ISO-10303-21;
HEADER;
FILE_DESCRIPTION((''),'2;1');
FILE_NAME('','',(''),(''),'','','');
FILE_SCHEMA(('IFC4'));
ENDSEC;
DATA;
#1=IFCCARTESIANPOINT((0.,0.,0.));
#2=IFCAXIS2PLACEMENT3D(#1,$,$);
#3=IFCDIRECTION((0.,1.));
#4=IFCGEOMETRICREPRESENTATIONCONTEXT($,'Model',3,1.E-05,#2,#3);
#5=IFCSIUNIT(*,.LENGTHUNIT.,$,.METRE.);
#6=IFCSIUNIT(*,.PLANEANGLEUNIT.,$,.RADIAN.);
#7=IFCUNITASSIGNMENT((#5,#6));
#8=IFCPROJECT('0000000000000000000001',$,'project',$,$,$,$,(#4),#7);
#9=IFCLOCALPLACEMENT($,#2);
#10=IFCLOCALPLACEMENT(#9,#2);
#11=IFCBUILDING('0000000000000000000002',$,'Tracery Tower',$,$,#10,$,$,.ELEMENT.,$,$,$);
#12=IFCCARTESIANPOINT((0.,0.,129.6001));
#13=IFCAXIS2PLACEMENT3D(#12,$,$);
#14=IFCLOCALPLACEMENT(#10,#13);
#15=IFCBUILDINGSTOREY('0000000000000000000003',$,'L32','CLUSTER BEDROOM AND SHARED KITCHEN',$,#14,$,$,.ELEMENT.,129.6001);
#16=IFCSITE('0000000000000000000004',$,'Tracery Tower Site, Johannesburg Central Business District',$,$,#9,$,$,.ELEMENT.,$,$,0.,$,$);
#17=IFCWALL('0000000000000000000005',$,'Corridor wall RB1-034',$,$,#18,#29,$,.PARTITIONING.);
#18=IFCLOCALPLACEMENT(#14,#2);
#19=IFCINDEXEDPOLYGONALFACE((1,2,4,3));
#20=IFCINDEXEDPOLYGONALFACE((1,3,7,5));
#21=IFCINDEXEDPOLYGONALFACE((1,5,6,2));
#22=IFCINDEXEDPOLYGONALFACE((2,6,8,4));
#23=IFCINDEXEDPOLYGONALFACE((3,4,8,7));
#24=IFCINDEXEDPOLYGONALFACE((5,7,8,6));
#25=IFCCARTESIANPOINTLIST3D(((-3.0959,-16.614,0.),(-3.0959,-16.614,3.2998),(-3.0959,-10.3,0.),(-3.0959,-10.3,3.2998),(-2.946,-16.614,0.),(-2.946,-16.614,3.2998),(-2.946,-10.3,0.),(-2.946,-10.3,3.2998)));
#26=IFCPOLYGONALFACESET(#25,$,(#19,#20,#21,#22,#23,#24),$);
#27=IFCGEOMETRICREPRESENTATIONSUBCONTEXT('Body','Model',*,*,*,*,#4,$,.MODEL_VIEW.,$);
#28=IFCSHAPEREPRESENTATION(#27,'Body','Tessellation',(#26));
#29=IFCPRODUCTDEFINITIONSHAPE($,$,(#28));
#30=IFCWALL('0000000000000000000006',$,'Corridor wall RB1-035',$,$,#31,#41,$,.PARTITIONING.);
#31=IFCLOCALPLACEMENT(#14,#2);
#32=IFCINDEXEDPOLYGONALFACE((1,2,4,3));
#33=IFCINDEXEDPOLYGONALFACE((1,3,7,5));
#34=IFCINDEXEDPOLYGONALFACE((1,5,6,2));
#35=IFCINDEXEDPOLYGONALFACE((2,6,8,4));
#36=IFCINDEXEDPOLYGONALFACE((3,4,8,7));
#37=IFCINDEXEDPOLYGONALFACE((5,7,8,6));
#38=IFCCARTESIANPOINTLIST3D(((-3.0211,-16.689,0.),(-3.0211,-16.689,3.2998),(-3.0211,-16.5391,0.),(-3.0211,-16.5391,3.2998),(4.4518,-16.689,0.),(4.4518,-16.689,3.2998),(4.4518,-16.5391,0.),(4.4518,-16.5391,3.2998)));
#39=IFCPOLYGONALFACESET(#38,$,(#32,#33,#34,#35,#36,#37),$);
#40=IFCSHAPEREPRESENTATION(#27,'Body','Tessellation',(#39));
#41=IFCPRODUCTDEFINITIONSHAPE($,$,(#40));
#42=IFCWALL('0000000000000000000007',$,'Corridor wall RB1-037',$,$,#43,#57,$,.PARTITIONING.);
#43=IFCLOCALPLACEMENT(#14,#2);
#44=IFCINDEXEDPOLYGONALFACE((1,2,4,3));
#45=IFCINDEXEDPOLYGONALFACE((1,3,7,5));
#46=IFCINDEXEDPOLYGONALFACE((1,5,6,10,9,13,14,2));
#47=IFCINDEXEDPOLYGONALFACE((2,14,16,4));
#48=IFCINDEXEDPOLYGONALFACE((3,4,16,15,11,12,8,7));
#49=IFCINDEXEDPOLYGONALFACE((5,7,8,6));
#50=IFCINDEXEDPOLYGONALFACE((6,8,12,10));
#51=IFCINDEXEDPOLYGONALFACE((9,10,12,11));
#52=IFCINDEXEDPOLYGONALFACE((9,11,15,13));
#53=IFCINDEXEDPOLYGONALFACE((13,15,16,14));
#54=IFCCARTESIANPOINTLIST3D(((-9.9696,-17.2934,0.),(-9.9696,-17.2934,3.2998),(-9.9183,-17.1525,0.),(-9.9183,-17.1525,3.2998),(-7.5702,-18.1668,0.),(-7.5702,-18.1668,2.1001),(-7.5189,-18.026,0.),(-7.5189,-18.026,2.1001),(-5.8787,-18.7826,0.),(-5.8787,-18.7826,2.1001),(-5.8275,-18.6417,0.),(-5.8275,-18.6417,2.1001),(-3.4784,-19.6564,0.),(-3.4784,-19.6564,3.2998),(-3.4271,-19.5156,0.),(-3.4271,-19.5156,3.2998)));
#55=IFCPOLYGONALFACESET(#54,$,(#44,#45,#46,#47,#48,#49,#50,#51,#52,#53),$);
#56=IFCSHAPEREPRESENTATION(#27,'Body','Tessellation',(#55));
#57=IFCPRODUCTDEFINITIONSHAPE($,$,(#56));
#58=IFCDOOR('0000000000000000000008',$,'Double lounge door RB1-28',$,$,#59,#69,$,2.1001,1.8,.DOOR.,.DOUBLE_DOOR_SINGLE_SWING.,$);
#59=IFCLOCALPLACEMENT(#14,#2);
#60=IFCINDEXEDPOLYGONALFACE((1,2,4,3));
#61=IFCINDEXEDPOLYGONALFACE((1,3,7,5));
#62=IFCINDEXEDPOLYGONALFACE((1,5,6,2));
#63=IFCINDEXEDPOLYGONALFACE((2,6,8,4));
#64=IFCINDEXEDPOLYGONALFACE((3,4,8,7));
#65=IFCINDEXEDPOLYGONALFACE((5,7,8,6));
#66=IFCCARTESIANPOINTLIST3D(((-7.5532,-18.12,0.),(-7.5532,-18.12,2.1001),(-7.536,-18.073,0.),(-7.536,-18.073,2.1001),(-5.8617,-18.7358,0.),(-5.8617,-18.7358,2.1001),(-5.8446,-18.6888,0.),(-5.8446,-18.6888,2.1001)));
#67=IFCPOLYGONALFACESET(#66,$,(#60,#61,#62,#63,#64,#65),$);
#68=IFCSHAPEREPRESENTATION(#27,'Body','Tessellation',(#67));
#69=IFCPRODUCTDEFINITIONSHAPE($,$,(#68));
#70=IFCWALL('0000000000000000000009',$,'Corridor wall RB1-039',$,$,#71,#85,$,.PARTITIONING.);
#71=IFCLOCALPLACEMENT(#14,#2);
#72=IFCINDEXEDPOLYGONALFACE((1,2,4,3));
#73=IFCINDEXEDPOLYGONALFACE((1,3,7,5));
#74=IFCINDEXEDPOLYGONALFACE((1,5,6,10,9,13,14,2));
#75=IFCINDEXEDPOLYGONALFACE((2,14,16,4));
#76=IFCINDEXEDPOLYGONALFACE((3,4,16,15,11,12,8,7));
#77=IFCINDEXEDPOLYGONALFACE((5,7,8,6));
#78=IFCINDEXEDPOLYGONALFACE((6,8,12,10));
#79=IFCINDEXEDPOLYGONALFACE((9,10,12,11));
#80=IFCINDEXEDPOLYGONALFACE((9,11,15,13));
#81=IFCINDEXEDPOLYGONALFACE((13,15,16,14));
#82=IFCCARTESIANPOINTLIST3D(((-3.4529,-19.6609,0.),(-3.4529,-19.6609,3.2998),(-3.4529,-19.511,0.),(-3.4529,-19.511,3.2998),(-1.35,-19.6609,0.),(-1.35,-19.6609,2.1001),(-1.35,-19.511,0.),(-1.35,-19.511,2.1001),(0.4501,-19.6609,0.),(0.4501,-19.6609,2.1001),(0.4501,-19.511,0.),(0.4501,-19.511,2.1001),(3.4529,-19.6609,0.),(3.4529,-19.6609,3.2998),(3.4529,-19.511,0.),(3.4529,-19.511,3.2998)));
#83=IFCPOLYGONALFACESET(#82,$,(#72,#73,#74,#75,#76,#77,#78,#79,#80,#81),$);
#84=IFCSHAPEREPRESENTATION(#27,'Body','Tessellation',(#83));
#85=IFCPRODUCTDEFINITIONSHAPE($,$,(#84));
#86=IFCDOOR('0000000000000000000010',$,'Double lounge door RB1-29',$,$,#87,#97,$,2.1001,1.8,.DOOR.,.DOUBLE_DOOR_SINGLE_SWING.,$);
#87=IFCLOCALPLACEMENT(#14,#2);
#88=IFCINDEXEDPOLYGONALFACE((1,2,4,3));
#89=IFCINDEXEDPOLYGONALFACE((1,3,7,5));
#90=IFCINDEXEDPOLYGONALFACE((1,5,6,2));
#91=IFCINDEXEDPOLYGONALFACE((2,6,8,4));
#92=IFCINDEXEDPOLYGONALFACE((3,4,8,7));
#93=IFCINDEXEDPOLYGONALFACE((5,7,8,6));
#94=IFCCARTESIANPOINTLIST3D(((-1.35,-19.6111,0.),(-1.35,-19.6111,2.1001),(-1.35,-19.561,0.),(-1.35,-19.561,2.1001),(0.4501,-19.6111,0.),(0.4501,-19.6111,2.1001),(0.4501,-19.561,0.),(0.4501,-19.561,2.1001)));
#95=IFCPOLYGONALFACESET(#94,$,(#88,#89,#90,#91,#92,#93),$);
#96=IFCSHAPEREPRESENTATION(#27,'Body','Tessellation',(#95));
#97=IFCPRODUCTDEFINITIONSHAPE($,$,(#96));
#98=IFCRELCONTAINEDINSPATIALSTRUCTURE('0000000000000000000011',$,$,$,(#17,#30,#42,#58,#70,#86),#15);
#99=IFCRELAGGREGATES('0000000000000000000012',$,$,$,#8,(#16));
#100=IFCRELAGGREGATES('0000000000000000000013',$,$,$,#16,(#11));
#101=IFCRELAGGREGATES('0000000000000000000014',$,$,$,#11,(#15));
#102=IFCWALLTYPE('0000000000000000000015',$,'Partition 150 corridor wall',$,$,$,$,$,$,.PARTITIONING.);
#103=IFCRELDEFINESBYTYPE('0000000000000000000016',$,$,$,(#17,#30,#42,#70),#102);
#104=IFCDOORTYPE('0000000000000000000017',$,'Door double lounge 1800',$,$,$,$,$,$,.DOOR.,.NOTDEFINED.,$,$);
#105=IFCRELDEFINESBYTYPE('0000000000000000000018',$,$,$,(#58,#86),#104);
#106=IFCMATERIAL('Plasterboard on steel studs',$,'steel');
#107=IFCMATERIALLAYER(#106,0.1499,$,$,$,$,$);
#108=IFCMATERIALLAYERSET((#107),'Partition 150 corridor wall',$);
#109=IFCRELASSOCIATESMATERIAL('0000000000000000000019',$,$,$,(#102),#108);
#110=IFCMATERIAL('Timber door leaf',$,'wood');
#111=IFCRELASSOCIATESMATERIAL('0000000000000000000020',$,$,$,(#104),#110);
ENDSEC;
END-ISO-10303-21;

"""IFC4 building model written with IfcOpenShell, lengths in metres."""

from ifc_helpers import new_model, si_unit, direction, frame, frame_2d, origin, place, context, subcontext, project, spatial, rectangle, extrude, material, layer, layer_set, type_object, element, fill, save


model = new_model("IFC4")

# Units and contexts
model_context = context("Model", 3, precision=1e-05, world=origin(), true_north=direction((0.0, 1.0)))
body_context = subcontext(model_context, "Body", "Model", "MODEL_VIEW")
ifc_project = project(units=[si_unit("LENGTHUNIT", "METRE"), si_unit("PLANEANGLEUNIT", "RADIAN")], contexts=[model_context])

# Site, building, storey
site_placement = place(None, origin())
site = spatial("IfcSite", under=ifc_project, at=site_placement, Name="Tracery Tower Site, Johannesburg Central Business District", CompositionType="ELEMENT", RefElevation=0.0)
building_placement = place(site_placement, origin())
building = spatial("IfcBuilding", under=site, at=building_placement, Name="Tracery Tower", CompositionType="ELEMENT")
storey_placement = place(building_placement, frame((0.0, 0.0, 129.6001)))
storey = spatial("IfcBuildingStorey", under=building, at=storey_placement, Name="L32", Description="CLUSTER BEDROOM AND SHARED KITCHEN", CompositionType="ELEMENT", Elevation=129.6001)

# Shared definitions
ifc_material_1 = material(Name="Plasterboard on steel studs", Category="steel")
ifc_layer_1 = layer(ifc_material_1, 0.1499)
ifc_layer_set_1 = layer_set([ifc_layer_1], Name="Partition 150 corridor wall")
wall_type_1 = type_object("IfcWallType", Name="Partition 150 corridor wall", PredefinedType="PARTITIONING", material=ifc_layer_set_1)

# Walls
wall_1_placement = place(storey_placement, frame((-3.021, -16.614, 0.0), z_axis=(0.0, 0.0, 1.0), x_axis=(0.0, 1.0, 0.0)))
element("IfcWall", 1, at=wall_1_placement, inside=storey, type_object=wall_type_1, Name="Corridor wall RB1-034", PredefinedType="PARTITIONING", context=body_context, shape_type="SweptSolid", body=[
    extrude(rectangle(XDim=6.314, YDim=0.1499, at=frame_2d((3.157, 0.0))), origin(), (0.0, 0.0, 1.0), 3.2998),
])
wall_2_placement = place(storey_placement, frame((-3.021, -16.614, 0.0), z_axis=(0.0, 0.0, 1.0), x_axis=(1.0, 0.0, 0.0)))
element("IfcWall", 2, at=wall_2_placement, inside=storey, type_object=wall_type_1, Name="Corridor wall RB1-035", PredefinedType="PARTITIONING", context=body_context, shape_type="SweptSolid", body=[
    extrude(rectangle(XDim=7.4729, YDim=0.1499, at=frame_2d((3.7363, 0.0))), origin(), (0.0, 0.0, 1.0), 3.2998),
])

# Walls, openings, doors
wall_3_placement = place(storey_placement, frame((-9.9441, -17.2229, 0.0), z_axis=(0.0, 0.0, 1.0), x_axis=(0.939673, -0.342075, 0.0)))
wall_3 = element("IfcWall", 3, at=wall_3_placement, inside=storey, type_object=wall_type_1, Name="Corridor wall RB1-037", PredefinedType="PARTITIONING", context=body_context, shape_type="SweptSolid", body=[
    extrude(rectangle(XDim=6.908, YDim=0.1499, at=frame_2d((3.4541, 0.0))), origin(), (0.0, 0.0, 1.0), 3.2998),
])
opening_1_placement = place(wall_3_placement, frame((2.5537, 0.0, 0.0)))
opening_1 = element("IfcOpeningElement", 4, at=opening_1_placement, cuts=wall_3, PredefinedType="OPENING", context=body_context, shape_type="SweptSolid", body=[
    extrude(rectangle(XDim=1.8, YDim=2.1001, at=frame_2d((0.8999, 1.05))), frame((0.0, 0.075, 0.0), z_axis=(0.0, -1.0, 0.0), x_axis=(1.0, 0.0, 0.0)), (0.0, 0.0, 1.0), 0.1499),
])
ifc_material_2 = material(Name="Timber door leaf", Category="wood")
door_type_1 = type_object("IfcDoorType", Name="Door double lounge 1800", OperationType="NOTDEFINED", PredefinedType="DOOR", material=ifc_material_2)
door_1_placement = place(opening_1_placement, origin())
door_1 = element("IfcDoor", 5, at=door_1_placement, inside=storey, type_object=door_type_1, Name="Double lounge door RB1-28", OperationType="DOUBLE_DOOR_SINGLE_SWING", OverallHeight=2.1001, OverallWidth=1.8, PredefinedType="DOOR", context=body_context, shape_type="SweptSolid", body=[
    extrude(rectangle(XDim=1.8, YDim=2.1001, at=frame_2d((0.8999, 1.05))), frame((0.0, 0.0249, 0.0), z_axis=(0.0, -1.0, 0.0), x_axis=(1.0, 0.0, 0.0)), (0.0, 0.0, 1.0), 0.05),
])
fill(opening_1, door_1)
wall_4_placement = place(storey_placement, frame((-3.4529, -19.5859, 0.0), z_axis=(0.0, 0.0, 1.0), x_axis=(1.0, 0.0, 0.0)))
wall_4 = element("IfcWall", 6, at=wall_4_placement, inside=storey, type_object=wall_type_1, Name="Corridor wall RB1-039", PredefinedType="PARTITIONING", context=body_context, shape_type="SweptSolid", body=[
    extrude(rectangle(XDim=6.9058, YDim=0.1499, at=frame_2d((3.4529, 0.0))), origin(), (0.0, 0.0, 1.0), 3.2998),
])
opening_2_placement = place(wall_4_placement, frame((2.103, 0.0, 0.0)))
opening_2 = element("IfcOpeningElement", 7, at=opening_2_placement, cuts=wall_4, PredefinedType="OPENING", context=body_context, shape_type="SweptSolid", body=[
    extrude(rectangle(XDim=1.8, YDim=2.1001, at=frame_2d((0.8999, 1.05))), frame((0.0, 0.075, 0.0), z_axis=(0.0, -1.0, 0.0), x_axis=(1.0, 0.0, 0.0)), (0.0, 0.0, 1.0), 0.1499),
])
door_2_placement = place(opening_2_placement, origin())
door_2 = element("IfcDoor", 8, at=door_2_placement, inside=storey, type_object=door_type_1, Name="Double lounge door RB1-29", OperationType="DOUBLE_DOOR_SINGLE_SWING", OverallHeight=2.1001, OverallWidth=1.8, PredefinedType="DOOR", context=body_context, shape_type="SweptSolid", body=[
    extrude(rectangle(XDim=1.8, YDim=2.1001, at=frame_2d((0.8999, 1.05))), frame((0.0, 0.0249, 0.0), z_axis=(0.0, -1.0, 0.0), x_axis=(1.0, 0.0, 0.0)), (0.0, 0.0, 1.0), 0.05),
])
fill(opening_2, door_2)

save(model, "model.ifc")
